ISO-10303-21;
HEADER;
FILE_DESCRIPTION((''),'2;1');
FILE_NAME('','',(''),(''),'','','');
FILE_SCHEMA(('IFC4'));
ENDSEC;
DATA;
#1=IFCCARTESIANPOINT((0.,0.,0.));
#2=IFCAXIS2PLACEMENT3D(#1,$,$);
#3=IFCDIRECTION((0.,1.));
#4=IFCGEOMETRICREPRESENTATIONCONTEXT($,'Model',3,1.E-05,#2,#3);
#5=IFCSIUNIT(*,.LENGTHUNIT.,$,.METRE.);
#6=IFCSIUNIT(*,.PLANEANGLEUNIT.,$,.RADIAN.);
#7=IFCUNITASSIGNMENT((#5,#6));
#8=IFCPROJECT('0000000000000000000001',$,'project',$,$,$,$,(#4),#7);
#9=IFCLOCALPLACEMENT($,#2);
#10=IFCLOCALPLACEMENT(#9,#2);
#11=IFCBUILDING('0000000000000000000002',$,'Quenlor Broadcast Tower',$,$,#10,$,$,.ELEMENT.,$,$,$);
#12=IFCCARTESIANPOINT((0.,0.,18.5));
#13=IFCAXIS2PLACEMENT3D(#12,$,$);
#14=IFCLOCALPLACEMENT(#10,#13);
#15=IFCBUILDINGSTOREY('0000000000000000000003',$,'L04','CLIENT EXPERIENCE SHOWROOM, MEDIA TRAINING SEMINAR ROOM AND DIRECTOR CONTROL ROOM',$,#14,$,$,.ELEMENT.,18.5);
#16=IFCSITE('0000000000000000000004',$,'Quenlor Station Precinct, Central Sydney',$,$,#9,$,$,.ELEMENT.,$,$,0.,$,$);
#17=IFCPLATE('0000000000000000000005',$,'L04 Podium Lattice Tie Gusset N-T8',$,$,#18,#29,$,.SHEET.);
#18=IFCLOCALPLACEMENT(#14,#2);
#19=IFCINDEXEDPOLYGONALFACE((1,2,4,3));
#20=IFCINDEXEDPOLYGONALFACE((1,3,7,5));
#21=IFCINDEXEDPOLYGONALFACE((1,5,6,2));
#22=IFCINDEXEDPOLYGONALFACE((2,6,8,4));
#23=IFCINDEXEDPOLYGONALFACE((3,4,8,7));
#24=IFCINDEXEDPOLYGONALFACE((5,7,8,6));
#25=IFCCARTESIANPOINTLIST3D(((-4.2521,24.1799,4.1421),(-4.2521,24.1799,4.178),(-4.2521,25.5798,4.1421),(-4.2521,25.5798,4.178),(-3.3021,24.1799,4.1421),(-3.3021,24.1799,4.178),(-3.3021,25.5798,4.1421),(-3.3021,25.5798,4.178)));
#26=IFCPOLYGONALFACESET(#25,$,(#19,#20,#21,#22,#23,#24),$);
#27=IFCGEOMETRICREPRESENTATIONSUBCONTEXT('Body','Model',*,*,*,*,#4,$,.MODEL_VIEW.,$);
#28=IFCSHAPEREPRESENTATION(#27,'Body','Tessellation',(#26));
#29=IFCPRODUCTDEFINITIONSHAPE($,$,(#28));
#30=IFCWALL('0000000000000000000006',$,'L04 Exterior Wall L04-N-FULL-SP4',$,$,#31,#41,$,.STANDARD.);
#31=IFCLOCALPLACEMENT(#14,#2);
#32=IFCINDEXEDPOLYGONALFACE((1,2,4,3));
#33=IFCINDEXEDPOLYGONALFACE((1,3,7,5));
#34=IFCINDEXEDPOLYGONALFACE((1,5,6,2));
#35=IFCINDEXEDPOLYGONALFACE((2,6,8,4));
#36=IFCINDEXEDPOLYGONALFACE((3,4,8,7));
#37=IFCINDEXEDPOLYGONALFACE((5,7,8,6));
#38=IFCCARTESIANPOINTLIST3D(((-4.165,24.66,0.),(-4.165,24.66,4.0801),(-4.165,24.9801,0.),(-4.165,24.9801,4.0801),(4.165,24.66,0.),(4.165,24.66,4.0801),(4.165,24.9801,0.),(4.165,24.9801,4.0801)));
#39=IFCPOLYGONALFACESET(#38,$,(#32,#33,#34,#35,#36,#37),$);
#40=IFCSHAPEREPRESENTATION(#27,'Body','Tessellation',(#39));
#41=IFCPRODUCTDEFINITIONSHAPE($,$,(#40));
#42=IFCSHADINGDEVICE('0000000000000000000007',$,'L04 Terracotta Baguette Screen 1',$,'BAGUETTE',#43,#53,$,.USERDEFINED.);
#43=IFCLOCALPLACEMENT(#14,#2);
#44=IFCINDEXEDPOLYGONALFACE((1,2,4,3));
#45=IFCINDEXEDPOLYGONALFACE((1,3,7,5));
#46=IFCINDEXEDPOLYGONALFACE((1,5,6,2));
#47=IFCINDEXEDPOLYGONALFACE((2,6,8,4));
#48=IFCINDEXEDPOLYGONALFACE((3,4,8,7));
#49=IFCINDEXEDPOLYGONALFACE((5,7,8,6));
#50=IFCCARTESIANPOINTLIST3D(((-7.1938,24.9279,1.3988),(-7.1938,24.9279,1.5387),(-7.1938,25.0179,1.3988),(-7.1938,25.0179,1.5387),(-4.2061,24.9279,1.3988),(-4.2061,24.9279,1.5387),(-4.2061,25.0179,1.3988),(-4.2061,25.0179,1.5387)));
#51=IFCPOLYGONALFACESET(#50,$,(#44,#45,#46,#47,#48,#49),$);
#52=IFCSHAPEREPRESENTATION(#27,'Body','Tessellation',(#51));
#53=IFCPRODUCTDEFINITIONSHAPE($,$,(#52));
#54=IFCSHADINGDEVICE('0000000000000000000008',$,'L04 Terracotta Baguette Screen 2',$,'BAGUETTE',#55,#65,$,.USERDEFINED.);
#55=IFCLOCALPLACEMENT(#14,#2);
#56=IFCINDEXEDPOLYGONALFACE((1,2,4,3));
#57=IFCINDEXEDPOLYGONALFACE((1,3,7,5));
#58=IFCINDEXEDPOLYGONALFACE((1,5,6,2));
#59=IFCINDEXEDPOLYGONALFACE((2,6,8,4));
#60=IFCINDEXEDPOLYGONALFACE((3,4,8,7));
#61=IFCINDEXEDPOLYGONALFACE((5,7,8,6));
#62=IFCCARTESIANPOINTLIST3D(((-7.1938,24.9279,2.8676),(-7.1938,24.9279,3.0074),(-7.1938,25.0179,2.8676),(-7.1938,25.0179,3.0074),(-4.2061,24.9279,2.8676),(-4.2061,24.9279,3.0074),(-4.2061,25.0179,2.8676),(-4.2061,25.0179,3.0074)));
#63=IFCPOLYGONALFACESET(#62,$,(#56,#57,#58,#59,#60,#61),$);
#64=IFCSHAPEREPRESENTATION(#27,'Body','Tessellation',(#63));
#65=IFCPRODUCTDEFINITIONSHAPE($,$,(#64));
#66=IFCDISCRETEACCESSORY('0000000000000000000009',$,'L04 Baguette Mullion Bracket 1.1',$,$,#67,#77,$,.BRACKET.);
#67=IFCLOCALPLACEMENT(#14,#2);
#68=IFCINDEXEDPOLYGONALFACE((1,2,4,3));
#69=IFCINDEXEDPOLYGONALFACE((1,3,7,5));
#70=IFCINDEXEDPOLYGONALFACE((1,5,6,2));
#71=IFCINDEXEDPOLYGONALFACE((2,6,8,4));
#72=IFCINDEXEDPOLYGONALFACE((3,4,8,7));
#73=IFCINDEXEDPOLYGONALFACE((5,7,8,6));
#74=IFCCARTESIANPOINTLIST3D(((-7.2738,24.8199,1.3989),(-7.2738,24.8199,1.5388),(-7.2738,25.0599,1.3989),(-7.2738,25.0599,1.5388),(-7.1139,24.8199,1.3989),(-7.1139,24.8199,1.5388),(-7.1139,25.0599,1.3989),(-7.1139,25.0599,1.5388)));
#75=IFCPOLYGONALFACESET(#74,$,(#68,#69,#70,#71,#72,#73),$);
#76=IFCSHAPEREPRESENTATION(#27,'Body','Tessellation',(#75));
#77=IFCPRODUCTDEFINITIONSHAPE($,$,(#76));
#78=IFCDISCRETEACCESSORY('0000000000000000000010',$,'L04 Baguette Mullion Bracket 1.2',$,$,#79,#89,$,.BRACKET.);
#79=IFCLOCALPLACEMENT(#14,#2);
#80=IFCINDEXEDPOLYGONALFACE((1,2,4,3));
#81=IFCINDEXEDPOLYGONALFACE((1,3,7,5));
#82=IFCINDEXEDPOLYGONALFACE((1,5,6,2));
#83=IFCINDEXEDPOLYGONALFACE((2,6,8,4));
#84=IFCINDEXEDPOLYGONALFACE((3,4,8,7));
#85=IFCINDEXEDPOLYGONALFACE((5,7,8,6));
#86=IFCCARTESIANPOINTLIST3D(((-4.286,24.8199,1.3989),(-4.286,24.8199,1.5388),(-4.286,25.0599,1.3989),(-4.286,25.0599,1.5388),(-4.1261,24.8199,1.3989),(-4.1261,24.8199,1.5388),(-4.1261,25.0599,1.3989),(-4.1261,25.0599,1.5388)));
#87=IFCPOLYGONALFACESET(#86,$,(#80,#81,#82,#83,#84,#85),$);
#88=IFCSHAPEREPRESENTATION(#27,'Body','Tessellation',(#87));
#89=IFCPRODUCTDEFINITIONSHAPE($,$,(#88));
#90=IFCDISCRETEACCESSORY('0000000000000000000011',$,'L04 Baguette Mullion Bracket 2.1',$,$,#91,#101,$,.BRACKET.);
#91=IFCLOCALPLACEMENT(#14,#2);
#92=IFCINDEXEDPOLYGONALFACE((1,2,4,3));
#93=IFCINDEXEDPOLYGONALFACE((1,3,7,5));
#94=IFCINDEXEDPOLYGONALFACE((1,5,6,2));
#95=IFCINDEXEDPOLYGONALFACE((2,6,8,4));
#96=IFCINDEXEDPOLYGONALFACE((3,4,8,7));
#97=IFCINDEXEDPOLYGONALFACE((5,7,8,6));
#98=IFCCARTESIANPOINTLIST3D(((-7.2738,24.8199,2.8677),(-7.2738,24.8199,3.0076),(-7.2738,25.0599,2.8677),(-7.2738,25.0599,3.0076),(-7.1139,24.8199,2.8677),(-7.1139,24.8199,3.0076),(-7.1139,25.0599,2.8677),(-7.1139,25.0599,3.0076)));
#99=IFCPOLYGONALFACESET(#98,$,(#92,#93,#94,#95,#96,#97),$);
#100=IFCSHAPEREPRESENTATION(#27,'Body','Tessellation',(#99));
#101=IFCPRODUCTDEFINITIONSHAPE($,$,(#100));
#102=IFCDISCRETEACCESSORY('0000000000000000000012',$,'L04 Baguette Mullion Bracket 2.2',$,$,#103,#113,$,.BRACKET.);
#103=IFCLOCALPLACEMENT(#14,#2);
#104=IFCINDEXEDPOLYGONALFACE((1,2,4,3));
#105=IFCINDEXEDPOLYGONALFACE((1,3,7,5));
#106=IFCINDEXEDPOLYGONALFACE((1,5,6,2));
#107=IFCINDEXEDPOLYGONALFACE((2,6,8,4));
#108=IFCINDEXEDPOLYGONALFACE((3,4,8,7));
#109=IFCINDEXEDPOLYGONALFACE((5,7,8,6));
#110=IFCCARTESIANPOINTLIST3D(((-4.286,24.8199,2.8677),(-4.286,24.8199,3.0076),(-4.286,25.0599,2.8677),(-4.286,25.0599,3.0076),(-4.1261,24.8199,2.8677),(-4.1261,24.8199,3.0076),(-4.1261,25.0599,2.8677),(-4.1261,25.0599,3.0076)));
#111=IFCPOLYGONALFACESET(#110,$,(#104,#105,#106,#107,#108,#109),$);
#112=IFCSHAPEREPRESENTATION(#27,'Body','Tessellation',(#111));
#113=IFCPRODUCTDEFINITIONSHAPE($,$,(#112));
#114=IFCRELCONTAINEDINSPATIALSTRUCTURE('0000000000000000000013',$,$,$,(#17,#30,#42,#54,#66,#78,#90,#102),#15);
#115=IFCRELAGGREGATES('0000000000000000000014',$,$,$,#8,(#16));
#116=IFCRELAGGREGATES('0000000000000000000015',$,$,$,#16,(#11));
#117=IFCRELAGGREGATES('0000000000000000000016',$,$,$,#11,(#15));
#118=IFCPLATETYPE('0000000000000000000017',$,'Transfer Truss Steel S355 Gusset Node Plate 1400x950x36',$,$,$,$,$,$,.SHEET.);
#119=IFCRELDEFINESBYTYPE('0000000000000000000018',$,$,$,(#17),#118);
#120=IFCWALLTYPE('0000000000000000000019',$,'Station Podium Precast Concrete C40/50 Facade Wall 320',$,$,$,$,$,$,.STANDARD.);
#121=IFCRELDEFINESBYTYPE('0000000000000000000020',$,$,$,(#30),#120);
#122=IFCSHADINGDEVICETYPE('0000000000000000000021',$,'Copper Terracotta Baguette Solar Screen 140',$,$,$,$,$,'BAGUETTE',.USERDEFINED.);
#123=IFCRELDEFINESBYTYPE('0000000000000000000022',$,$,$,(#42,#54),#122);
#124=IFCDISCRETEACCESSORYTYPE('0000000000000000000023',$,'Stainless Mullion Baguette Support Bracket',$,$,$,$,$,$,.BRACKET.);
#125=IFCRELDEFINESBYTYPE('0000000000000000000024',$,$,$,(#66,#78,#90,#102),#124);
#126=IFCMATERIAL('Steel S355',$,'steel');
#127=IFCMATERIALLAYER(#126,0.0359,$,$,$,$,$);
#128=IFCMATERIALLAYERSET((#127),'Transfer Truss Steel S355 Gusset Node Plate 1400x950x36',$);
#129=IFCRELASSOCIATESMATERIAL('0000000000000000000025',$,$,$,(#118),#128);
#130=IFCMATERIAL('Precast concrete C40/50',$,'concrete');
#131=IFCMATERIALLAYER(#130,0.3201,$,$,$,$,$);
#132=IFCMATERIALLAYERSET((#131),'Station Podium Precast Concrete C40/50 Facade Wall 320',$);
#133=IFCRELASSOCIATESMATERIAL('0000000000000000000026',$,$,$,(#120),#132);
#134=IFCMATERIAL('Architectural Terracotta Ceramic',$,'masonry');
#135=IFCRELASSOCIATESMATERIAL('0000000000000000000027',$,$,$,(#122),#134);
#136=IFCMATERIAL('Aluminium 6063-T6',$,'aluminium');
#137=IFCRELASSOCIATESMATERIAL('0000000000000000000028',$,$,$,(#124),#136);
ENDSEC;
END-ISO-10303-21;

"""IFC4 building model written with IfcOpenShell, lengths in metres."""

from ifc_helpers import new_model, si_unit, direction, frame, frame_2d, origin, origin_2d, place, context, subcontext, project, spatial, rectangle, extrude, material, layer, layer_set, material_profile, profile_set, type_object, element, save


model = new_model("IFC4")

# Units and contexts
model_context = context("Model", 3, precision=1e-05, world=origin(), true_north=direction((0.0, 1.0)))
body_context = subcontext(model_context, "Body", "Model", "MODEL_VIEW")
ifc_project = project(units=[si_unit("LENGTHUNIT", "METRE"), si_unit("PLANEANGLEUNIT", "RADIAN")], contexts=[model_context])

# Site, building, storey
site_placement = place(None, origin())
site = spatial("IfcSite", under=ifc_project, at=site_placement, Name="Quenlor Station Precinct, Central Sydney", CompositionType="ELEMENT", RefElevation=0.0)
building_placement = place(site_placement, origin())
building = spatial("IfcBuilding", under=site, at=building_placement, Name="Quenlor Broadcast Tower", CompositionType="ELEMENT")
storey_placement = place(building_placement, frame((0.0, 0.0, 18.5)))
storey = spatial("IfcBuildingStorey", under=building, at=storey_placement, Name="L04", Description="CLIENT EXPERIENCE SHOWROOM, MEDIA TRAINING SEMINAR ROOM AND DIRECTOR CONTROL ROOM", CompositionType="ELEMENT", Elevation=18.5)

# Plate
ifc_material_1 = material(Name="Steel S355", Category="steel")
ifc_layer_1 = layer(ifc_material_1, 0.0359)
ifc_layer_set_1 = layer_set([ifc_layer_1], Name="Transfer Truss Steel S355 Gusset Node Plate 1400x950x36")
plate_type_1 = type_object("IfcPlateType", Name="Transfer Truss Steel S355 Gusset Node Plate 1400x950x36", PredefinedType="SHEET", material=ifc_layer_set_1)
for number, where, z_axis, x_axis, name in (
    (1, (-3.7771, 24.8799, 4.1421), (0.0, 0.0, 1.0), (0.0, 1.0, 0.0), "L04 Podium Lattice Tie Gusset N-T8"),
):
    element("IfcPlate", number, at=place(storey_placement, frame(where, z_axis=z_axis, x_axis=x_axis)), inside=storey, type_object=plate_type_1, Name=name, PredefinedType="SHEET", context=body_context, shape_type="SweptSolid", body=[
        extrude(rectangle(XDim=1.3999, YDim=0.95, at=origin_2d()), origin(), (0.0, 0.0, 1.0), 0.0359),
    ])

# Wall
ifc_material_2 = material(Name="Precast concrete C40/50", Category="concrete")
ifc_layer_2 = layer(ifc_material_2, 0.3201)
ifc_layer_set_2 = layer_set([ifc_layer_2], Name="Station Podium Precast Concrete C40/50 Facade Wall 320")
wall_type = type_object("IfcWallType", Name="Station Podium Precast Concrete C40/50 Facade Wall 320", PredefinedType="STANDARD", material=ifc_layer_set_2)
wall_placement = place(storey_placement, frame((-4.165, 24.8201, 0.0), z_axis=(0.0, 0.0, 1.0), x_axis=(1.0, 0.0, 0.0)))
element("IfcWall", 2, at=wall_placement, inside=storey, type_object=wall_type, Name="L04 Exterior Wall L04-N-FULL-SP4", PredefinedType="STANDARD", context=body_context, shape_type="SweptSolid", body=[
    extrude(rectangle(XDim=8.3301, YDim=0.3201, at=frame_2d((4.165, 0.0))), origin(), (0.0, 0.0, 1.0), 4.0801),
])

# Shading devices
ifc_material_3 = material(Name="Architectural Terracotta Ceramic", Category="masonry")
ifc_material_profile_1 = material_profile(ifc_material_3, rectangle(XDim=0.0901, YDim=0.1399, at=origin_2d()))
ifc_profile_set_1 = profile_set([ifc_material_profile_1], Name="Architectural Terracotta Ceramic BAG90x140")
shading_device_type = type_object("IfcShadingDeviceType", Name="Copper Terracotta Baguette Solar Screen 140", ElementType="BAGUETTE", PredefinedType="USERDEFINED", material=ifc_profile_set_1)
for number, where, z_axis, x_axis, name in (
    (3, (-7.1938, 24.9729, 1.4688), (1.0, 0.0, 0.0), (0.0, 1.0, 0.0), "L04 Terracotta Baguette Screen 1"),
    (4, (-7.1938, 24.9729, 2.9375), (1.0, 0.0, 0.0), (0.0, 1.0, 0.0), "L04 Terracotta Baguette Screen 2"),
):
    element("IfcShadingDevice", number, at=place(storey_placement, frame(where, z_axis=z_axis, x_axis=x_axis)), inside=storey, type_object=shading_device_type, Name=name, ObjectType="BAGUETTE", PredefinedType="USERDEFINED", context=body_context, shape_type="SweptSolid", body=[
        extrude(rectangle(XDim=0.0901, YDim=0.1399, at=origin_2d()), origin(), (0.0, 0.0, 1.0), 2.9878),
    ])

# Discrete accessories
ifc_material_4 = material(Name="Aluminium 6063-T6", Category="aluminium")
discrete_accessory_type = type_object("IfcDiscreteAccessoryType", Name="Stainless Mullion Baguette Support Bracket", PredefinedType="BRACKET", material=ifc_material_4)
for number, where, z_axis, x_axis, name in (
    (5, (-7.1938, 24.9399, 1.3989), (0.0, 0.0, 1.0), (1.0, 0.0, 0.0), "L04 Baguette Mullion Bracket 1.1"),
    (6, (-4.2061, 24.9399, 1.3989), (0.0, 0.0, 1.0), (1.0, 0.0, 0.0), "L04 Baguette Mullion Bracket 1.2"),
    (7, (-7.1938, 24.9399, 2.8677), (0.0, 0.0, 1.0), (1.0, 0.0, 0.0), "L04 Baguette Mullion Bracket 2.1"),
    (8, (-4.2061, 24.9399, 2.8677), (0.0, 0.0, 1.0), (1.0, 0.0, 0.0), "L04 Baguette Mullion Bracket 2.2"),
):
    element("IfcDiscreteAccessory", number, at=place(storey_placement, frame(where, z_axis=z_axis, x_axis=x_axis)), inside=storey, type_object=discrete_accessory_type, Name=name, PredefinedType="BRACKET", context=body_context, shape_type="SweptSolid", body=[
        extrude(rectangle(XDim=0.1599, YDim=0.24, at=origin_2d()), origin(), (0.0, 0.0, 1.0), 0.1399),
    ])

save(model, "model.ifc")
